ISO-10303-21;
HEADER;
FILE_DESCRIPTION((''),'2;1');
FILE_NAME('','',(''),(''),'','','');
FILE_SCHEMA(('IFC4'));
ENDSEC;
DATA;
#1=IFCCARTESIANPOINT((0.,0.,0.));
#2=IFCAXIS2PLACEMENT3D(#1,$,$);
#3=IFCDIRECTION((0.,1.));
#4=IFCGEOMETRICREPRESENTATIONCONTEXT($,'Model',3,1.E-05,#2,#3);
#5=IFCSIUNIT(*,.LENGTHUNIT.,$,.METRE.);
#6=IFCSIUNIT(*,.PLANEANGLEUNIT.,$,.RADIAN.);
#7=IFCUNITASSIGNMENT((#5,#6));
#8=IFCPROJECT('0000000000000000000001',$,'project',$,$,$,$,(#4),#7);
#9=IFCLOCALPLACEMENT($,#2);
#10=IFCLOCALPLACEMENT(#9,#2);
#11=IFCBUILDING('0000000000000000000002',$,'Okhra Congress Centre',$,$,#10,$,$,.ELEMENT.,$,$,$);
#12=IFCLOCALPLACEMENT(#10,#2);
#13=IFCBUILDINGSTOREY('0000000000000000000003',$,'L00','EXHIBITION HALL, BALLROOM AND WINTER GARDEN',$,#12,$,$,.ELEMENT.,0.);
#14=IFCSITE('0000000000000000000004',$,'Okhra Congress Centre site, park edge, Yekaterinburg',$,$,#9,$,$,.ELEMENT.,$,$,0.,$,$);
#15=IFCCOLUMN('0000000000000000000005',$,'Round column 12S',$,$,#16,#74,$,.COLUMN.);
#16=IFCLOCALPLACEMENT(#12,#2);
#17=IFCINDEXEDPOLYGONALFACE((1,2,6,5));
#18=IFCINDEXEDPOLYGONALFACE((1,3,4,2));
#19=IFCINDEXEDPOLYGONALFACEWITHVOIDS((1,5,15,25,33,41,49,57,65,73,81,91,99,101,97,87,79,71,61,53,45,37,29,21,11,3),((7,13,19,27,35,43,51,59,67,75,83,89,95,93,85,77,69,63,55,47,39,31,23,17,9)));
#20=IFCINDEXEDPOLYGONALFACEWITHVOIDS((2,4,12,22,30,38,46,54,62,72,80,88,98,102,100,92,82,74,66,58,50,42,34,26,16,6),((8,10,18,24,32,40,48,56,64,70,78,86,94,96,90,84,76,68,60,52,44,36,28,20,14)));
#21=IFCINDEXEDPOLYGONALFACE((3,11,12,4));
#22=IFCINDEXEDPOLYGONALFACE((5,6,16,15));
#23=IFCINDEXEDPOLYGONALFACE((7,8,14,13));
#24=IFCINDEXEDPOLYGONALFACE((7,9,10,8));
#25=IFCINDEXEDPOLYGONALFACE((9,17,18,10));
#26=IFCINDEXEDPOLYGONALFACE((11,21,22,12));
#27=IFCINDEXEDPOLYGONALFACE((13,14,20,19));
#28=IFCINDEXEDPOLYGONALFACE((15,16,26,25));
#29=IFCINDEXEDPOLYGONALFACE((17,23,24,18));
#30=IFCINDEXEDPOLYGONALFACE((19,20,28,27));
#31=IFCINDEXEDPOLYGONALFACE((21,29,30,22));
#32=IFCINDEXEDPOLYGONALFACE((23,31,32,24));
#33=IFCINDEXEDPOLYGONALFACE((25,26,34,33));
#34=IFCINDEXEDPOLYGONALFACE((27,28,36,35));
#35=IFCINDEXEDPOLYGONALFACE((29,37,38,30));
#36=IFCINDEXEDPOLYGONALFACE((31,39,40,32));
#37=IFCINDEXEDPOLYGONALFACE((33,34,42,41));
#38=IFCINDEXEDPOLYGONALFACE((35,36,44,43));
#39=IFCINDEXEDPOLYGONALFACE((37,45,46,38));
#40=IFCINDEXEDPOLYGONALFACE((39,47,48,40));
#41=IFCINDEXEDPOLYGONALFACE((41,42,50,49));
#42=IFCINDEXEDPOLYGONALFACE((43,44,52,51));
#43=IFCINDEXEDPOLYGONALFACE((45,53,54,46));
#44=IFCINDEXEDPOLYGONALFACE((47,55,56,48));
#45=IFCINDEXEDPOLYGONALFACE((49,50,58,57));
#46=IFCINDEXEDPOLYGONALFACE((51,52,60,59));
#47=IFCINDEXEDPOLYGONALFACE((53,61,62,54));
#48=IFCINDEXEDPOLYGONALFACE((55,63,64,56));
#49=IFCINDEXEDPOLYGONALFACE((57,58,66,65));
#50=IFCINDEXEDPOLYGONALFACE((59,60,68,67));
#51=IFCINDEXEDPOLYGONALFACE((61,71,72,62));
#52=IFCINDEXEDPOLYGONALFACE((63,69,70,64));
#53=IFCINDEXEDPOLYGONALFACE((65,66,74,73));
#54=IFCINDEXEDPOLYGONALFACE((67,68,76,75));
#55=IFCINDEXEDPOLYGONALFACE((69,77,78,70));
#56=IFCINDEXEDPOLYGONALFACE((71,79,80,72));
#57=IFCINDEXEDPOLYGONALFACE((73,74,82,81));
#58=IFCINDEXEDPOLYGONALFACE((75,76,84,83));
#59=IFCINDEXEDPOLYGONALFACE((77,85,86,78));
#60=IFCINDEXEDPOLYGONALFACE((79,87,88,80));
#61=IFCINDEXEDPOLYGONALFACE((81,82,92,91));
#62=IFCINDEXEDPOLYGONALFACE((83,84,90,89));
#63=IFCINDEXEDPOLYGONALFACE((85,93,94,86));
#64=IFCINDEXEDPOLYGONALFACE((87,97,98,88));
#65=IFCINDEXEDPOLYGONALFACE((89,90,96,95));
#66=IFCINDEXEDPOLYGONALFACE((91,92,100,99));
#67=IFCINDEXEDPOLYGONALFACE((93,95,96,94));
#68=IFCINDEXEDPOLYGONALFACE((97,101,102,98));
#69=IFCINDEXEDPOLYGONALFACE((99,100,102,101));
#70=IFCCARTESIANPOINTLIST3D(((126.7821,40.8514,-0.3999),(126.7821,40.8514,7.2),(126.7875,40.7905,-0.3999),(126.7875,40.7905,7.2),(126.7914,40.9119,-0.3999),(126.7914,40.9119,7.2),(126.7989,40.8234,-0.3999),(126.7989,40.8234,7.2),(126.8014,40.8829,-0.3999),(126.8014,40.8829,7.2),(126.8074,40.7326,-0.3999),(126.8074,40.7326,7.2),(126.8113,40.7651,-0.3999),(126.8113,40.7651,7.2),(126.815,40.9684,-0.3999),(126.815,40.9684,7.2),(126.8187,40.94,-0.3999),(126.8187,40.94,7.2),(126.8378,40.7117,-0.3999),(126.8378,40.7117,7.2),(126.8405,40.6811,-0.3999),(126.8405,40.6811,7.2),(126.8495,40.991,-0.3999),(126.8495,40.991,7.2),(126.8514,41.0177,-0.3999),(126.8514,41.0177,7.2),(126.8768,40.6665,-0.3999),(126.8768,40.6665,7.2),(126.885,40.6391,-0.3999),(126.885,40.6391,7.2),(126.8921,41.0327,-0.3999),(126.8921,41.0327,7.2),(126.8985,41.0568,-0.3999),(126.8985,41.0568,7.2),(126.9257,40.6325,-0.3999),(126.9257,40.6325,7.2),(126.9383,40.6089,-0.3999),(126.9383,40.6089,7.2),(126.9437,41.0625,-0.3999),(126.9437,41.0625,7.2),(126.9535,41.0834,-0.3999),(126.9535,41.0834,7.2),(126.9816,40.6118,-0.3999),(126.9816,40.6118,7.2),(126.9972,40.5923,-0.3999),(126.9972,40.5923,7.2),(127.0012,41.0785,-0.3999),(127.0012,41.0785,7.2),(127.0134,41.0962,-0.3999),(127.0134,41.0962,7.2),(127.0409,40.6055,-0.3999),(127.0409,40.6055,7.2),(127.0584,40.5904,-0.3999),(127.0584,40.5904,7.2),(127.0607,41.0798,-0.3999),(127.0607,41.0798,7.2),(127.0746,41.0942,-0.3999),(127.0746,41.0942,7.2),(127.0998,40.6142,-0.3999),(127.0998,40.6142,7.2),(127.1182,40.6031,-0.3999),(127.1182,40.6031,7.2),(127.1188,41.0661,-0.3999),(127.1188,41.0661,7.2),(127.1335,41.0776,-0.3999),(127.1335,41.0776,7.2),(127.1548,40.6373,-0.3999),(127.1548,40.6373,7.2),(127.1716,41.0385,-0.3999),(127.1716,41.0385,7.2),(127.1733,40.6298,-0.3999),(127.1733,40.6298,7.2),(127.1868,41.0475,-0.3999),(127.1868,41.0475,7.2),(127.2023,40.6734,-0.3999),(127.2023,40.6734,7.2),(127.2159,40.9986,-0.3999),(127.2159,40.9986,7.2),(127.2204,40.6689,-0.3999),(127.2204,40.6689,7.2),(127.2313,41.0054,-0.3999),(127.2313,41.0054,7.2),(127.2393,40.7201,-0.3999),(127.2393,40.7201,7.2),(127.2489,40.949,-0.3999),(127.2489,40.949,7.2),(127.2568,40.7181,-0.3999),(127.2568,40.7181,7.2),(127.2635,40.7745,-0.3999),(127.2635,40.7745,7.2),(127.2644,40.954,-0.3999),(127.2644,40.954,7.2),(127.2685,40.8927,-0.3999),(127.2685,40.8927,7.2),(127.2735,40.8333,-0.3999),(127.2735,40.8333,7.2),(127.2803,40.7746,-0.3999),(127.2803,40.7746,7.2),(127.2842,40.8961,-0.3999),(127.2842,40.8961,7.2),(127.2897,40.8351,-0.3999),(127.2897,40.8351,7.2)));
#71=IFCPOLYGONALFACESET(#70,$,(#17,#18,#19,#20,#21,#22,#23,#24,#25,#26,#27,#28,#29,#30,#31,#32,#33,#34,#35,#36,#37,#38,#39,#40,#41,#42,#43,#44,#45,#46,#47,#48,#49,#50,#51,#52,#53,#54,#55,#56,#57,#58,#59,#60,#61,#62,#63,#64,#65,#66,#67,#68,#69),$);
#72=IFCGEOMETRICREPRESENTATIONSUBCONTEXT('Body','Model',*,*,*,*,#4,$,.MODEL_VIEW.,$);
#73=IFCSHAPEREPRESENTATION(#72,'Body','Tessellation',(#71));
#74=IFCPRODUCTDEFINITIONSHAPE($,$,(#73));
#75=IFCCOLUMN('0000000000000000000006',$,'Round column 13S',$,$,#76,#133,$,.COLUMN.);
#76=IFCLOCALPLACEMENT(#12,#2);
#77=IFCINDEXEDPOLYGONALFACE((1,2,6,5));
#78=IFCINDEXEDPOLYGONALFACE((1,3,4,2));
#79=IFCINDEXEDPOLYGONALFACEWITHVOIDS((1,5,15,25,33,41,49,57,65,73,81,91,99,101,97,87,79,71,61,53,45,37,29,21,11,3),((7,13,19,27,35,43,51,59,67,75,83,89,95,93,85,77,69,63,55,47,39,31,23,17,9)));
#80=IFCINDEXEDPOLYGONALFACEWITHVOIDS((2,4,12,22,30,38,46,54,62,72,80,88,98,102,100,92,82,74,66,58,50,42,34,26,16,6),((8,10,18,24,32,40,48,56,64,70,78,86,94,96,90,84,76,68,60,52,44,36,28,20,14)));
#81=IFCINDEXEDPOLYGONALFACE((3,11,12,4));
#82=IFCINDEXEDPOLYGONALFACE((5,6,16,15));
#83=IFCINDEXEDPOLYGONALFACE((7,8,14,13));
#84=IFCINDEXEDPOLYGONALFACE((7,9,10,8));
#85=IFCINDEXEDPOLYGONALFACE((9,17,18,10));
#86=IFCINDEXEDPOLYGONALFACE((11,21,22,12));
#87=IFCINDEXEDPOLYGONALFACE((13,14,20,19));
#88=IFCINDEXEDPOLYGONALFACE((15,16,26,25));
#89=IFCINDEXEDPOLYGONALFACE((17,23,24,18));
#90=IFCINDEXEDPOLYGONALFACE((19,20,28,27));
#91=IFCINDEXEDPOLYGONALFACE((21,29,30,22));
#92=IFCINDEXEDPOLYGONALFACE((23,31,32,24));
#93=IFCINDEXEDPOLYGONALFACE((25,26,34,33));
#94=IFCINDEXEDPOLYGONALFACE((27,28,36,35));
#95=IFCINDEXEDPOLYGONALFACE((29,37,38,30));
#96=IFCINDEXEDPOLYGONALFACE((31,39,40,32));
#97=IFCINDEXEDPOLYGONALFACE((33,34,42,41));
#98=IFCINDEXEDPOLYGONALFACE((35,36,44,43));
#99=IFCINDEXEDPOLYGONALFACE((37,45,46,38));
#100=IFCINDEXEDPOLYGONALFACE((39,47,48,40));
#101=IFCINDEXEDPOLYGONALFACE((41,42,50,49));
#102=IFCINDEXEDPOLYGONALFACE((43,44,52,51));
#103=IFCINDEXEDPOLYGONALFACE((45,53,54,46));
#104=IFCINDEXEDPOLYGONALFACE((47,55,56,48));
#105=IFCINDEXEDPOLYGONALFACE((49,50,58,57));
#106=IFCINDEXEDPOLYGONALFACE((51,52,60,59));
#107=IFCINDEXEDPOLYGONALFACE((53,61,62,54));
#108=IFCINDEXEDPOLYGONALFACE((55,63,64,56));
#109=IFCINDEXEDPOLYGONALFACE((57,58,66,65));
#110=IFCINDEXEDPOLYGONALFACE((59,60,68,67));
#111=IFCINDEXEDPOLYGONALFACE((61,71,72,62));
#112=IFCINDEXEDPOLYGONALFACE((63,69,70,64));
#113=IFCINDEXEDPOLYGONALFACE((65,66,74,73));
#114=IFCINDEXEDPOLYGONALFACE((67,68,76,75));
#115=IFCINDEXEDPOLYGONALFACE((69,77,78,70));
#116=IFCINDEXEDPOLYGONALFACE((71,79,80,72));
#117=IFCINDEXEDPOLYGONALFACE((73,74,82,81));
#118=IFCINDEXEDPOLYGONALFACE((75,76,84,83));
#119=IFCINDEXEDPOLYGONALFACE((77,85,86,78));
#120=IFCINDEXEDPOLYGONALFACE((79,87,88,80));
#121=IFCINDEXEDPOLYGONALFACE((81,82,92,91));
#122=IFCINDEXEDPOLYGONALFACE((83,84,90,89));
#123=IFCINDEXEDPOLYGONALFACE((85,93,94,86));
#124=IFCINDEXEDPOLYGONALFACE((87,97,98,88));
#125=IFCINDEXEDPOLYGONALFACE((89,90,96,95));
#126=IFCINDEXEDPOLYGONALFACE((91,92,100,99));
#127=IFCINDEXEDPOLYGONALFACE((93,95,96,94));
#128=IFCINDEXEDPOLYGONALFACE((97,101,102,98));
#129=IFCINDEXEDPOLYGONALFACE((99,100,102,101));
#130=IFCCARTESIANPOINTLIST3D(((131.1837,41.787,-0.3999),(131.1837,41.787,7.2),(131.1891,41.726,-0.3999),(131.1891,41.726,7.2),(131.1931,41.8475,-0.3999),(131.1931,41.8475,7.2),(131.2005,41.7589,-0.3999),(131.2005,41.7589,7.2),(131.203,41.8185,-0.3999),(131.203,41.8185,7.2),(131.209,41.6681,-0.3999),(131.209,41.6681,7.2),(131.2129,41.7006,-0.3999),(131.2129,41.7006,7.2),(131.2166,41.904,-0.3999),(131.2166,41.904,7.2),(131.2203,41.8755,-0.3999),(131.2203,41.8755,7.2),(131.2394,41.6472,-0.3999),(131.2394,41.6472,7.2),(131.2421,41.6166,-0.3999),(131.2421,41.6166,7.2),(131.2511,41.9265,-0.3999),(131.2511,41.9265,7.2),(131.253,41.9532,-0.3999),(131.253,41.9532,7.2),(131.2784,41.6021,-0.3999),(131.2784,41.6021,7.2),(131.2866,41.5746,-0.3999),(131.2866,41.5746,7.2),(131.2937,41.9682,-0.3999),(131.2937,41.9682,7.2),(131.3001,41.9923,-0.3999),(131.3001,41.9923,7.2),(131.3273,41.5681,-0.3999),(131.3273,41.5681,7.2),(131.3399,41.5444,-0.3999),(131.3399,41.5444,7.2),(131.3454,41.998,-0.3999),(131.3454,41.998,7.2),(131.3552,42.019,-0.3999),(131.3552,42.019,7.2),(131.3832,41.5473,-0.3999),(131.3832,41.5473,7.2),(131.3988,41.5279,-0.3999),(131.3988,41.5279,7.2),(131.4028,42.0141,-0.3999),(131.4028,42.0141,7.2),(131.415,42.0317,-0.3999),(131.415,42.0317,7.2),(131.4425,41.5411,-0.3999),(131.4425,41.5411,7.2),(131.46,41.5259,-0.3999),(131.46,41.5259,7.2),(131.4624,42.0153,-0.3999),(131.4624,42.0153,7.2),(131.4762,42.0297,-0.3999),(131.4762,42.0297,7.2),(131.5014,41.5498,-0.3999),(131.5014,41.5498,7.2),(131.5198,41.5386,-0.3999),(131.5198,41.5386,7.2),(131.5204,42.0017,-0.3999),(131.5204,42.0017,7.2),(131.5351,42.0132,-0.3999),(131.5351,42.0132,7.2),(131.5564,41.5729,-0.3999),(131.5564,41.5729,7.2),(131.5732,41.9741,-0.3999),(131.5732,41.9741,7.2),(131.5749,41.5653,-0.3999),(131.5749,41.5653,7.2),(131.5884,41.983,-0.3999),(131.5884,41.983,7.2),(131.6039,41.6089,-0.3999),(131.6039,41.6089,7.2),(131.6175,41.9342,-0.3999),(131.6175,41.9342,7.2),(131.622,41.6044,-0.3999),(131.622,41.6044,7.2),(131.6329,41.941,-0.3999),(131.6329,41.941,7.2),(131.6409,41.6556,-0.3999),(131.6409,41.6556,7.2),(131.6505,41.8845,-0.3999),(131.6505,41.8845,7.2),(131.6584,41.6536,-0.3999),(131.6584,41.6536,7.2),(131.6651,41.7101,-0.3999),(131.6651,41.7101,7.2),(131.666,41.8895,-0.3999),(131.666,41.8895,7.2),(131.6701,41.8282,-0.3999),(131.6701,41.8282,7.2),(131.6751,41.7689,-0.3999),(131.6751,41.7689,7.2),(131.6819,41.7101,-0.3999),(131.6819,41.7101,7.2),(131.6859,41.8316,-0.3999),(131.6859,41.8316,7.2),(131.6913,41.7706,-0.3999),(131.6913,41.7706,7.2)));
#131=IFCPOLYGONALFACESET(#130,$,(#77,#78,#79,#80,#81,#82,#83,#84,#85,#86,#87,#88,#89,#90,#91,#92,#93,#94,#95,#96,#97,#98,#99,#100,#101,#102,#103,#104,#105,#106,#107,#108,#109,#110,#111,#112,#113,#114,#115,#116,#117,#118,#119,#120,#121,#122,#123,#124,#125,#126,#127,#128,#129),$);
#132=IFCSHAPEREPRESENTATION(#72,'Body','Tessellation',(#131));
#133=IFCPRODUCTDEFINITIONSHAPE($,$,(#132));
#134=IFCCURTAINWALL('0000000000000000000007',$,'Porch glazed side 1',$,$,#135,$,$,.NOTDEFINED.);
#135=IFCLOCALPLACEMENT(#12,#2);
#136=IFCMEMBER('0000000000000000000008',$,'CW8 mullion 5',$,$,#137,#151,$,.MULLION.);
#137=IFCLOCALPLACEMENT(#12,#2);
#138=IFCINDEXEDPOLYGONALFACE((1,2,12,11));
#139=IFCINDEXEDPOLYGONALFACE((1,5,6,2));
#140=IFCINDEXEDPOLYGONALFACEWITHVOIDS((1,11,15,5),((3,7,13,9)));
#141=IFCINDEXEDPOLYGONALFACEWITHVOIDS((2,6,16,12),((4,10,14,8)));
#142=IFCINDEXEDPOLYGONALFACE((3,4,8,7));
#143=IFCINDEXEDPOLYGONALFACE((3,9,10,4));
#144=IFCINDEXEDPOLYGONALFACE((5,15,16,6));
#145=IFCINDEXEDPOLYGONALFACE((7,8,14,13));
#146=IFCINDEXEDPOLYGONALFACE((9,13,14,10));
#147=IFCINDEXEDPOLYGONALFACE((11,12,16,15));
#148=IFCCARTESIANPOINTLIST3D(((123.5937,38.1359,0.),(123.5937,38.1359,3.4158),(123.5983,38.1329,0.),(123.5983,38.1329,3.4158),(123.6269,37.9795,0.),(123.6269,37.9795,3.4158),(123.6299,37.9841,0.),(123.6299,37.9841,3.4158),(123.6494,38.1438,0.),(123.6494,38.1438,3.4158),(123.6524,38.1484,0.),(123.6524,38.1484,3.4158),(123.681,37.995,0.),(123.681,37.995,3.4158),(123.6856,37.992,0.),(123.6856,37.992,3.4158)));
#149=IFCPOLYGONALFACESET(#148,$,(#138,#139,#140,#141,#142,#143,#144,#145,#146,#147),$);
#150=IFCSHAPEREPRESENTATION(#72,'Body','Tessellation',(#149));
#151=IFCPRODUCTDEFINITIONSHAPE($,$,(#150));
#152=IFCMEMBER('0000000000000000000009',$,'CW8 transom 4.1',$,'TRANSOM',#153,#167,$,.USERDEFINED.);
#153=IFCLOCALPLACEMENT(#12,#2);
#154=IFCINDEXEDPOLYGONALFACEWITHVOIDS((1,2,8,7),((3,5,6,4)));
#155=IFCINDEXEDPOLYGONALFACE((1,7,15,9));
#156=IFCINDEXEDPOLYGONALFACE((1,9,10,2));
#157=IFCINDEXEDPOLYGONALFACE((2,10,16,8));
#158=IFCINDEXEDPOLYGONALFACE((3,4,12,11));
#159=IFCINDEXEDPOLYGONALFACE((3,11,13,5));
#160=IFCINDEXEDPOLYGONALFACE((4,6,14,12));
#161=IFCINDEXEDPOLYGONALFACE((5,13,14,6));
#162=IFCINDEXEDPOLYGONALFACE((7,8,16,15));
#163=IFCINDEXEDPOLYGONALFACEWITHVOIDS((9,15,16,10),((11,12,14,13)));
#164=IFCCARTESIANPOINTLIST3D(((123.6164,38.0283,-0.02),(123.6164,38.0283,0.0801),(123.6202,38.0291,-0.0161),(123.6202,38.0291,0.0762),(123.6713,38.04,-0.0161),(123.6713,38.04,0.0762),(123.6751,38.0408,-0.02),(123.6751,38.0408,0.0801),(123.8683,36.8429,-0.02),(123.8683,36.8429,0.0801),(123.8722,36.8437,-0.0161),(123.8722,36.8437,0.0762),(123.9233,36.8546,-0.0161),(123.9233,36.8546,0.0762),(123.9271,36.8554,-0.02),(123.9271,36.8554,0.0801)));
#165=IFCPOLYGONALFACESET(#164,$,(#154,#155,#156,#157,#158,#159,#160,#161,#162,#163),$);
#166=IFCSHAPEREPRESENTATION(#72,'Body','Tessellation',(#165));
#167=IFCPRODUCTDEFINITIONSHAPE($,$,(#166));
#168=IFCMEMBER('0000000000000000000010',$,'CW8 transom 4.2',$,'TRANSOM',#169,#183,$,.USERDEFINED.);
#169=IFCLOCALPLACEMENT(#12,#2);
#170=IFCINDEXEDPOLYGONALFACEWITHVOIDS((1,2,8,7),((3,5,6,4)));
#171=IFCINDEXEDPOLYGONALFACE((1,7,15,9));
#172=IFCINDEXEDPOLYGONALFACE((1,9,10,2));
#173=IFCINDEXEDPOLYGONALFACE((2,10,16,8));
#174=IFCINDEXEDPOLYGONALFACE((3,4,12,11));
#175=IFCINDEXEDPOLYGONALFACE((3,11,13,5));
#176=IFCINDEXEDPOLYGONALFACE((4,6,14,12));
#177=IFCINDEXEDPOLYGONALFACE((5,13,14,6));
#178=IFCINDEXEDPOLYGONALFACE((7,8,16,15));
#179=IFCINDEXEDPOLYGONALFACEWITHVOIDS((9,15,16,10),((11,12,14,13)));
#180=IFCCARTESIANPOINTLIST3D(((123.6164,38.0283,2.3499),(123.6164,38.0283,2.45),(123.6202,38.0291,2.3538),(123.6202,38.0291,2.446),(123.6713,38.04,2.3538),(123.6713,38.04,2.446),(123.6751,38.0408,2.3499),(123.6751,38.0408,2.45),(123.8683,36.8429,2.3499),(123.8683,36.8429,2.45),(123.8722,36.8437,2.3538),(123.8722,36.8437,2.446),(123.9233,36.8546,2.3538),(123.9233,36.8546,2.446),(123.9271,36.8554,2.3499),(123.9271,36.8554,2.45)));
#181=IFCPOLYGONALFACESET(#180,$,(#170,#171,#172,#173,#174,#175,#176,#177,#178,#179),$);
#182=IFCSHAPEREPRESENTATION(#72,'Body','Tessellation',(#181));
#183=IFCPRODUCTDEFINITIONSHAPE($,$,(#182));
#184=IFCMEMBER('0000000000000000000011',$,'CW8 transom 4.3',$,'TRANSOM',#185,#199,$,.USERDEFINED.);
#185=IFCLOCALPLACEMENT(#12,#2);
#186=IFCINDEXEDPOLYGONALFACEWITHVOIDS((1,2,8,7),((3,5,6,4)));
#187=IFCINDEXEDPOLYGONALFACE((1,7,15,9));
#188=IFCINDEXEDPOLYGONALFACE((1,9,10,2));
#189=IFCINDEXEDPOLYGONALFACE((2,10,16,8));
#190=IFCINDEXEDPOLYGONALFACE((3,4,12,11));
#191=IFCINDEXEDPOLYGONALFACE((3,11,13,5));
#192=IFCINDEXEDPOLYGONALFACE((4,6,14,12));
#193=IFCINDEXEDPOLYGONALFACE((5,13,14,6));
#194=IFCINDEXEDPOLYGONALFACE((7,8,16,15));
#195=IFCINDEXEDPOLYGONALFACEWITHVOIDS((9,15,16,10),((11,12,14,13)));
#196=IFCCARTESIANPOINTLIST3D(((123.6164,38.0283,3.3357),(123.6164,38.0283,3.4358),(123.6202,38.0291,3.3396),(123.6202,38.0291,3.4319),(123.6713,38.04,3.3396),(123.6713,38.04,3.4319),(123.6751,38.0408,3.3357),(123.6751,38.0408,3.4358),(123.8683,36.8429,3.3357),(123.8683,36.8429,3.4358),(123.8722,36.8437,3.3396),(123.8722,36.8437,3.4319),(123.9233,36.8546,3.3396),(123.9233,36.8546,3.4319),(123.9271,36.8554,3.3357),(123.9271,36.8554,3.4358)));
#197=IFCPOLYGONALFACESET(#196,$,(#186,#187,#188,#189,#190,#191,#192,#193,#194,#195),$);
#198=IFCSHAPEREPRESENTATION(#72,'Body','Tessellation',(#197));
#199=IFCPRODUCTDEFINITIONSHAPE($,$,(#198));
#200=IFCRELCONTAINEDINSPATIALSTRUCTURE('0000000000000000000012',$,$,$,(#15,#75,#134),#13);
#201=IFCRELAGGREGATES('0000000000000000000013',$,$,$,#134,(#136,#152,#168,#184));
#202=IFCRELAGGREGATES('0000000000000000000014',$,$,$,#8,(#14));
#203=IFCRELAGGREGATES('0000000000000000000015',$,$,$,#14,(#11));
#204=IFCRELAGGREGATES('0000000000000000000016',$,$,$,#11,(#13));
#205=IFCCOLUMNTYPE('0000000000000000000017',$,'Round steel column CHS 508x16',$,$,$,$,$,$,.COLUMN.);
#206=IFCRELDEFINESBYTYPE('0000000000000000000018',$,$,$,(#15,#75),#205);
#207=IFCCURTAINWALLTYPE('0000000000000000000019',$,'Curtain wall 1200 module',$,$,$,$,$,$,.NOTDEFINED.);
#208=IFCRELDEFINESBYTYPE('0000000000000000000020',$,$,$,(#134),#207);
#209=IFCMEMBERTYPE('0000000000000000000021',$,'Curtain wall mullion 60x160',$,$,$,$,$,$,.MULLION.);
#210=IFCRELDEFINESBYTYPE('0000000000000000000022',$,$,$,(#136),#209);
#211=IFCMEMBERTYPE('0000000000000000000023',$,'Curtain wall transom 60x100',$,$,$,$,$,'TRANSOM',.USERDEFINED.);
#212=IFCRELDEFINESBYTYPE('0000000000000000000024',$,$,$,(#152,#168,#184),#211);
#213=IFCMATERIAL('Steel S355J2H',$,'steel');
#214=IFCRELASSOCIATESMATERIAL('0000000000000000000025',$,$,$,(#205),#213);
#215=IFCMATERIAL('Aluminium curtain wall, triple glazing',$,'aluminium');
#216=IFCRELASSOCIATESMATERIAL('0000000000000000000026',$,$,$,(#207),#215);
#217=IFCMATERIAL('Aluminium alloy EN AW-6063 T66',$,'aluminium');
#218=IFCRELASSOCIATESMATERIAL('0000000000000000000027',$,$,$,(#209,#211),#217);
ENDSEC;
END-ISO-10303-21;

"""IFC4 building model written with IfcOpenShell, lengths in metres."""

from ifc_helpers import new_model, si_unit, direction, frame, origin, origin_2d, place, context, subcontext, project, spatial, hollow_rectangle, hollow_circle, extrude, material, material_profile, profile_set, type_object, element, aggregate, save


model = new_model("IFC4")

# Units and contexts
model_context = context("Model", 3, precision=1e-05, world=origin(), true_north=direction((0.0, 1.0)))
body_context = subcontext(model_context, "Body", "Model", "MODEL_VIEW")
ifc_project = project(units=[si_unit("LENGTHUNIT", "METRE"), si_unit("PLANEANGLEUNIT", "RADIAN")], contexts=[model_context])

# Site, building, storey
site_placement = place(None, origin())
site = spatial("IfcSite", under=ifc_project, at=site_placement, Name="Okhra Congress Centre site, park edge, Yekaterinburg", CompositionType="ELEMENT", RefElevation=0.0)
building_placement = place(site_placement, origin())
building = spatial("IfcBuilding", under=site, at=building_placement, Name="Okhra Congress Centre", CompositionType="ELEMENT")
storey_placement = place(building_placement, origin())
storey = spatial("IfcBuildingStorey", under=building, at=storey_placement, Name="L00", Description="EXHIBITION HALL, BALLROOM AND WINTER GARDEN", CompositionType="ELEMENT", Elevation=0.0)

# Columns
ifc_material_1 = material(Name="Steel S355J2H", Category="steel")
ifc_material_profile_1 = material_profile(ifc_material_1, hollow_circle(Radius=0.2539, WallThickness=0.0161, at=origin_2d()), Name="CHS 508x16")
ifc_profile_set_1 = profile_set([ifc_material_profile_1], Name="Steel S355J2H")
column_type = type_object("IfcColumnType", Name="Round steel column CHS 508x16", PredefinedType="COLUMN", material=ifc_profile_set_1)
for number, where, z_axis, x_axis, name in (
    (1, (127.0359, 40.8433, -0.3999), (0.0, 0.0, 1.0), (0.978148, 0.207912, 0.0), "Round column 12S"),
    (2, (131.4375, 41.7788, -0.3999), (0.0, 0.0, 1.0), (0.978148, 0.207912, 0.0), "Round column 13S"),
):
    element("IfcColumn", number, at=place(storey_placement, frame(where, z_axis=z_axis, x_axis=x_axis)), inside=storey, type_object=column_type, Name=name, PredefinedType="COLUMN", context=body_context, shape_type="SweptSolid", body=[
        extrude(hollow_circle(Radius=0.2539, WallThickness=0.0161, at=origin_2d()), origin(), (0.0, 0.0, 1.0), 7.5999),
    ])

# Curtain wall, members
ifc_material_2 = material(Name="Aluminium curtain wall, triple glazing", Category="aluminium")
curtain_wall_type = type_object("IfcCurtainWallType", Name="Curtain wall 1200 module", PredefinedType="NOTDEFINED", material=ifc_material_2)
curtain_wall_placement = place(storey_placement, origin())
curtain_wall = element("IfcCurtainWall", 3, at=curtain_wall_placement, inside=storey, type_object=curtain_wall_type, Name="Porch glazed side 1", PredefinedType="NOTDEFINED")
ifc_material_3 = material(Name="Aluminium alloy EN AW-6063 T66", Category="aluminium")
ifc_material_profile_2 = material_profile(ifc_material_3, hollow_rectangle(XDim=0.0601, YDim=0.1599, WallThickness=0.0039, at=origin_2d()), Name="RHS 60x160x4")
ifc_profile_set_2 = profile_set([ifc_material_profile_2], Name="Aluminium alloy EN AW-6063 T66")
member_type_1 = type_object("IfcMemberType", Name="Curtain wall mullion 60x160", PredefinedType="MULLION", material=ifc_profile_set_2)
member_1_placement = place(storey_placement, frame((123.6396, 38.064, 0.0), z_axis=(0.0, 0.0, 1.0), x_axis=(-0.978148, -0.207912, 0.0)))
member_1 = element("IfcMember", 4, at=member_1_placement, type_object=member_type_1, Name="CW8 mullion 5", PredefinedType="MULLION", context=body_context, shape_type="SweptSolid", body=[
    extrude(hollow_rectangle(XDim=0.0601, YDim=0.1599, WallThickness=0.0039, at=origin_2d()), origin(), (0.0, 0.0, 1.0), 3.4158),
])
ifc_material_profile_3 = material_profile(ifc_material_3, hollow_rectangle(XDim=0.0601, YDim=0.1001, WallThickness=0.0039, at=origin_2d()), Name="RHS 60x100x4")
ifc_profile_set_3 = profile_set([ifc_material_profile_3], Name="Aluminium alloy EN AW-6063 T66")
member_type_2 = type_object("IfcMemberType", Name="Curtain wall transom 60x100", ElementType="TRANSOM", PredefinedType="USERDEFINED", material=ifc_profile_set_3)
member_2_placement = place(storey_placement, frame((123.8977, 36.8491, 0.03), z_axis=(-0.207878, 0.978155, 0.0), x_axis=(-0.978155, -0.207878, 0.0)))
member_2 = element("IfcMember", 5, at=member_2_placement, type_object=member_type_2, Name="CW8 transom 4.1", ObjectType="TRANSOM", PredefinedType="USERDEFINED", context=body_context, shape_type="SweptSolid", body=[
    extrude(hollow_rectangle(XDim=0.0601, YDim=0.1001, WallThickness=0.0039, at=origin_2d()), origin(), (0.0, 0.0, 1.0), 1.2119),
])
member_3_placement = place(storey_placement, frame((123.8977, 36.8491, 2.3999), z_axis=(-0.207878, 0.978155, 0.0), x_axis=(-0.978155, -0.207878, 0.0)))
member_3 = element("IfcMember", 6, at=member_3_placement, type_object=member_type_2, Name="CW8 transom 4.2", ObjectType="TRANSOM", PredefinedType="USERDEFINED", context=body_context, shape_type="SweptSolid", body=[
    extrude(hollow_rectangle(XDim=0.0601, YDim=0.1001, WallThickness=0.0039, at=origin_2d()), origin(), (0.0, 0.0, 1.0), 1.2119),
])
member_4_placement = place(storey_placement, frame((123.8977, 36.8491, 3.3857), z_axis=(-0.207878, 0.978155, 0.0), x_axis=(-0.978155, -0.207878, 0.0)))
member_4 = element("IfcMember", 7, at=member_4_placement, type_object=member_type_2, Name="CW8 transom 4.3", ObjectType="TRANSOM", PredefinedType="USERDEFINED", context=body_context, shape_type="SweptSolid", body=[
    extrude(hollow_rectangle(XDim=0.0601, YDim=0.1001, WallThickness=0.0039, at=origin_2d()), origin(), (0.0, 0.0, 1.0), 1.2119),
])

aggregate(curtain_wall, [member_1, member_2, member_3, member_4])

save(model, "model.ifc")
